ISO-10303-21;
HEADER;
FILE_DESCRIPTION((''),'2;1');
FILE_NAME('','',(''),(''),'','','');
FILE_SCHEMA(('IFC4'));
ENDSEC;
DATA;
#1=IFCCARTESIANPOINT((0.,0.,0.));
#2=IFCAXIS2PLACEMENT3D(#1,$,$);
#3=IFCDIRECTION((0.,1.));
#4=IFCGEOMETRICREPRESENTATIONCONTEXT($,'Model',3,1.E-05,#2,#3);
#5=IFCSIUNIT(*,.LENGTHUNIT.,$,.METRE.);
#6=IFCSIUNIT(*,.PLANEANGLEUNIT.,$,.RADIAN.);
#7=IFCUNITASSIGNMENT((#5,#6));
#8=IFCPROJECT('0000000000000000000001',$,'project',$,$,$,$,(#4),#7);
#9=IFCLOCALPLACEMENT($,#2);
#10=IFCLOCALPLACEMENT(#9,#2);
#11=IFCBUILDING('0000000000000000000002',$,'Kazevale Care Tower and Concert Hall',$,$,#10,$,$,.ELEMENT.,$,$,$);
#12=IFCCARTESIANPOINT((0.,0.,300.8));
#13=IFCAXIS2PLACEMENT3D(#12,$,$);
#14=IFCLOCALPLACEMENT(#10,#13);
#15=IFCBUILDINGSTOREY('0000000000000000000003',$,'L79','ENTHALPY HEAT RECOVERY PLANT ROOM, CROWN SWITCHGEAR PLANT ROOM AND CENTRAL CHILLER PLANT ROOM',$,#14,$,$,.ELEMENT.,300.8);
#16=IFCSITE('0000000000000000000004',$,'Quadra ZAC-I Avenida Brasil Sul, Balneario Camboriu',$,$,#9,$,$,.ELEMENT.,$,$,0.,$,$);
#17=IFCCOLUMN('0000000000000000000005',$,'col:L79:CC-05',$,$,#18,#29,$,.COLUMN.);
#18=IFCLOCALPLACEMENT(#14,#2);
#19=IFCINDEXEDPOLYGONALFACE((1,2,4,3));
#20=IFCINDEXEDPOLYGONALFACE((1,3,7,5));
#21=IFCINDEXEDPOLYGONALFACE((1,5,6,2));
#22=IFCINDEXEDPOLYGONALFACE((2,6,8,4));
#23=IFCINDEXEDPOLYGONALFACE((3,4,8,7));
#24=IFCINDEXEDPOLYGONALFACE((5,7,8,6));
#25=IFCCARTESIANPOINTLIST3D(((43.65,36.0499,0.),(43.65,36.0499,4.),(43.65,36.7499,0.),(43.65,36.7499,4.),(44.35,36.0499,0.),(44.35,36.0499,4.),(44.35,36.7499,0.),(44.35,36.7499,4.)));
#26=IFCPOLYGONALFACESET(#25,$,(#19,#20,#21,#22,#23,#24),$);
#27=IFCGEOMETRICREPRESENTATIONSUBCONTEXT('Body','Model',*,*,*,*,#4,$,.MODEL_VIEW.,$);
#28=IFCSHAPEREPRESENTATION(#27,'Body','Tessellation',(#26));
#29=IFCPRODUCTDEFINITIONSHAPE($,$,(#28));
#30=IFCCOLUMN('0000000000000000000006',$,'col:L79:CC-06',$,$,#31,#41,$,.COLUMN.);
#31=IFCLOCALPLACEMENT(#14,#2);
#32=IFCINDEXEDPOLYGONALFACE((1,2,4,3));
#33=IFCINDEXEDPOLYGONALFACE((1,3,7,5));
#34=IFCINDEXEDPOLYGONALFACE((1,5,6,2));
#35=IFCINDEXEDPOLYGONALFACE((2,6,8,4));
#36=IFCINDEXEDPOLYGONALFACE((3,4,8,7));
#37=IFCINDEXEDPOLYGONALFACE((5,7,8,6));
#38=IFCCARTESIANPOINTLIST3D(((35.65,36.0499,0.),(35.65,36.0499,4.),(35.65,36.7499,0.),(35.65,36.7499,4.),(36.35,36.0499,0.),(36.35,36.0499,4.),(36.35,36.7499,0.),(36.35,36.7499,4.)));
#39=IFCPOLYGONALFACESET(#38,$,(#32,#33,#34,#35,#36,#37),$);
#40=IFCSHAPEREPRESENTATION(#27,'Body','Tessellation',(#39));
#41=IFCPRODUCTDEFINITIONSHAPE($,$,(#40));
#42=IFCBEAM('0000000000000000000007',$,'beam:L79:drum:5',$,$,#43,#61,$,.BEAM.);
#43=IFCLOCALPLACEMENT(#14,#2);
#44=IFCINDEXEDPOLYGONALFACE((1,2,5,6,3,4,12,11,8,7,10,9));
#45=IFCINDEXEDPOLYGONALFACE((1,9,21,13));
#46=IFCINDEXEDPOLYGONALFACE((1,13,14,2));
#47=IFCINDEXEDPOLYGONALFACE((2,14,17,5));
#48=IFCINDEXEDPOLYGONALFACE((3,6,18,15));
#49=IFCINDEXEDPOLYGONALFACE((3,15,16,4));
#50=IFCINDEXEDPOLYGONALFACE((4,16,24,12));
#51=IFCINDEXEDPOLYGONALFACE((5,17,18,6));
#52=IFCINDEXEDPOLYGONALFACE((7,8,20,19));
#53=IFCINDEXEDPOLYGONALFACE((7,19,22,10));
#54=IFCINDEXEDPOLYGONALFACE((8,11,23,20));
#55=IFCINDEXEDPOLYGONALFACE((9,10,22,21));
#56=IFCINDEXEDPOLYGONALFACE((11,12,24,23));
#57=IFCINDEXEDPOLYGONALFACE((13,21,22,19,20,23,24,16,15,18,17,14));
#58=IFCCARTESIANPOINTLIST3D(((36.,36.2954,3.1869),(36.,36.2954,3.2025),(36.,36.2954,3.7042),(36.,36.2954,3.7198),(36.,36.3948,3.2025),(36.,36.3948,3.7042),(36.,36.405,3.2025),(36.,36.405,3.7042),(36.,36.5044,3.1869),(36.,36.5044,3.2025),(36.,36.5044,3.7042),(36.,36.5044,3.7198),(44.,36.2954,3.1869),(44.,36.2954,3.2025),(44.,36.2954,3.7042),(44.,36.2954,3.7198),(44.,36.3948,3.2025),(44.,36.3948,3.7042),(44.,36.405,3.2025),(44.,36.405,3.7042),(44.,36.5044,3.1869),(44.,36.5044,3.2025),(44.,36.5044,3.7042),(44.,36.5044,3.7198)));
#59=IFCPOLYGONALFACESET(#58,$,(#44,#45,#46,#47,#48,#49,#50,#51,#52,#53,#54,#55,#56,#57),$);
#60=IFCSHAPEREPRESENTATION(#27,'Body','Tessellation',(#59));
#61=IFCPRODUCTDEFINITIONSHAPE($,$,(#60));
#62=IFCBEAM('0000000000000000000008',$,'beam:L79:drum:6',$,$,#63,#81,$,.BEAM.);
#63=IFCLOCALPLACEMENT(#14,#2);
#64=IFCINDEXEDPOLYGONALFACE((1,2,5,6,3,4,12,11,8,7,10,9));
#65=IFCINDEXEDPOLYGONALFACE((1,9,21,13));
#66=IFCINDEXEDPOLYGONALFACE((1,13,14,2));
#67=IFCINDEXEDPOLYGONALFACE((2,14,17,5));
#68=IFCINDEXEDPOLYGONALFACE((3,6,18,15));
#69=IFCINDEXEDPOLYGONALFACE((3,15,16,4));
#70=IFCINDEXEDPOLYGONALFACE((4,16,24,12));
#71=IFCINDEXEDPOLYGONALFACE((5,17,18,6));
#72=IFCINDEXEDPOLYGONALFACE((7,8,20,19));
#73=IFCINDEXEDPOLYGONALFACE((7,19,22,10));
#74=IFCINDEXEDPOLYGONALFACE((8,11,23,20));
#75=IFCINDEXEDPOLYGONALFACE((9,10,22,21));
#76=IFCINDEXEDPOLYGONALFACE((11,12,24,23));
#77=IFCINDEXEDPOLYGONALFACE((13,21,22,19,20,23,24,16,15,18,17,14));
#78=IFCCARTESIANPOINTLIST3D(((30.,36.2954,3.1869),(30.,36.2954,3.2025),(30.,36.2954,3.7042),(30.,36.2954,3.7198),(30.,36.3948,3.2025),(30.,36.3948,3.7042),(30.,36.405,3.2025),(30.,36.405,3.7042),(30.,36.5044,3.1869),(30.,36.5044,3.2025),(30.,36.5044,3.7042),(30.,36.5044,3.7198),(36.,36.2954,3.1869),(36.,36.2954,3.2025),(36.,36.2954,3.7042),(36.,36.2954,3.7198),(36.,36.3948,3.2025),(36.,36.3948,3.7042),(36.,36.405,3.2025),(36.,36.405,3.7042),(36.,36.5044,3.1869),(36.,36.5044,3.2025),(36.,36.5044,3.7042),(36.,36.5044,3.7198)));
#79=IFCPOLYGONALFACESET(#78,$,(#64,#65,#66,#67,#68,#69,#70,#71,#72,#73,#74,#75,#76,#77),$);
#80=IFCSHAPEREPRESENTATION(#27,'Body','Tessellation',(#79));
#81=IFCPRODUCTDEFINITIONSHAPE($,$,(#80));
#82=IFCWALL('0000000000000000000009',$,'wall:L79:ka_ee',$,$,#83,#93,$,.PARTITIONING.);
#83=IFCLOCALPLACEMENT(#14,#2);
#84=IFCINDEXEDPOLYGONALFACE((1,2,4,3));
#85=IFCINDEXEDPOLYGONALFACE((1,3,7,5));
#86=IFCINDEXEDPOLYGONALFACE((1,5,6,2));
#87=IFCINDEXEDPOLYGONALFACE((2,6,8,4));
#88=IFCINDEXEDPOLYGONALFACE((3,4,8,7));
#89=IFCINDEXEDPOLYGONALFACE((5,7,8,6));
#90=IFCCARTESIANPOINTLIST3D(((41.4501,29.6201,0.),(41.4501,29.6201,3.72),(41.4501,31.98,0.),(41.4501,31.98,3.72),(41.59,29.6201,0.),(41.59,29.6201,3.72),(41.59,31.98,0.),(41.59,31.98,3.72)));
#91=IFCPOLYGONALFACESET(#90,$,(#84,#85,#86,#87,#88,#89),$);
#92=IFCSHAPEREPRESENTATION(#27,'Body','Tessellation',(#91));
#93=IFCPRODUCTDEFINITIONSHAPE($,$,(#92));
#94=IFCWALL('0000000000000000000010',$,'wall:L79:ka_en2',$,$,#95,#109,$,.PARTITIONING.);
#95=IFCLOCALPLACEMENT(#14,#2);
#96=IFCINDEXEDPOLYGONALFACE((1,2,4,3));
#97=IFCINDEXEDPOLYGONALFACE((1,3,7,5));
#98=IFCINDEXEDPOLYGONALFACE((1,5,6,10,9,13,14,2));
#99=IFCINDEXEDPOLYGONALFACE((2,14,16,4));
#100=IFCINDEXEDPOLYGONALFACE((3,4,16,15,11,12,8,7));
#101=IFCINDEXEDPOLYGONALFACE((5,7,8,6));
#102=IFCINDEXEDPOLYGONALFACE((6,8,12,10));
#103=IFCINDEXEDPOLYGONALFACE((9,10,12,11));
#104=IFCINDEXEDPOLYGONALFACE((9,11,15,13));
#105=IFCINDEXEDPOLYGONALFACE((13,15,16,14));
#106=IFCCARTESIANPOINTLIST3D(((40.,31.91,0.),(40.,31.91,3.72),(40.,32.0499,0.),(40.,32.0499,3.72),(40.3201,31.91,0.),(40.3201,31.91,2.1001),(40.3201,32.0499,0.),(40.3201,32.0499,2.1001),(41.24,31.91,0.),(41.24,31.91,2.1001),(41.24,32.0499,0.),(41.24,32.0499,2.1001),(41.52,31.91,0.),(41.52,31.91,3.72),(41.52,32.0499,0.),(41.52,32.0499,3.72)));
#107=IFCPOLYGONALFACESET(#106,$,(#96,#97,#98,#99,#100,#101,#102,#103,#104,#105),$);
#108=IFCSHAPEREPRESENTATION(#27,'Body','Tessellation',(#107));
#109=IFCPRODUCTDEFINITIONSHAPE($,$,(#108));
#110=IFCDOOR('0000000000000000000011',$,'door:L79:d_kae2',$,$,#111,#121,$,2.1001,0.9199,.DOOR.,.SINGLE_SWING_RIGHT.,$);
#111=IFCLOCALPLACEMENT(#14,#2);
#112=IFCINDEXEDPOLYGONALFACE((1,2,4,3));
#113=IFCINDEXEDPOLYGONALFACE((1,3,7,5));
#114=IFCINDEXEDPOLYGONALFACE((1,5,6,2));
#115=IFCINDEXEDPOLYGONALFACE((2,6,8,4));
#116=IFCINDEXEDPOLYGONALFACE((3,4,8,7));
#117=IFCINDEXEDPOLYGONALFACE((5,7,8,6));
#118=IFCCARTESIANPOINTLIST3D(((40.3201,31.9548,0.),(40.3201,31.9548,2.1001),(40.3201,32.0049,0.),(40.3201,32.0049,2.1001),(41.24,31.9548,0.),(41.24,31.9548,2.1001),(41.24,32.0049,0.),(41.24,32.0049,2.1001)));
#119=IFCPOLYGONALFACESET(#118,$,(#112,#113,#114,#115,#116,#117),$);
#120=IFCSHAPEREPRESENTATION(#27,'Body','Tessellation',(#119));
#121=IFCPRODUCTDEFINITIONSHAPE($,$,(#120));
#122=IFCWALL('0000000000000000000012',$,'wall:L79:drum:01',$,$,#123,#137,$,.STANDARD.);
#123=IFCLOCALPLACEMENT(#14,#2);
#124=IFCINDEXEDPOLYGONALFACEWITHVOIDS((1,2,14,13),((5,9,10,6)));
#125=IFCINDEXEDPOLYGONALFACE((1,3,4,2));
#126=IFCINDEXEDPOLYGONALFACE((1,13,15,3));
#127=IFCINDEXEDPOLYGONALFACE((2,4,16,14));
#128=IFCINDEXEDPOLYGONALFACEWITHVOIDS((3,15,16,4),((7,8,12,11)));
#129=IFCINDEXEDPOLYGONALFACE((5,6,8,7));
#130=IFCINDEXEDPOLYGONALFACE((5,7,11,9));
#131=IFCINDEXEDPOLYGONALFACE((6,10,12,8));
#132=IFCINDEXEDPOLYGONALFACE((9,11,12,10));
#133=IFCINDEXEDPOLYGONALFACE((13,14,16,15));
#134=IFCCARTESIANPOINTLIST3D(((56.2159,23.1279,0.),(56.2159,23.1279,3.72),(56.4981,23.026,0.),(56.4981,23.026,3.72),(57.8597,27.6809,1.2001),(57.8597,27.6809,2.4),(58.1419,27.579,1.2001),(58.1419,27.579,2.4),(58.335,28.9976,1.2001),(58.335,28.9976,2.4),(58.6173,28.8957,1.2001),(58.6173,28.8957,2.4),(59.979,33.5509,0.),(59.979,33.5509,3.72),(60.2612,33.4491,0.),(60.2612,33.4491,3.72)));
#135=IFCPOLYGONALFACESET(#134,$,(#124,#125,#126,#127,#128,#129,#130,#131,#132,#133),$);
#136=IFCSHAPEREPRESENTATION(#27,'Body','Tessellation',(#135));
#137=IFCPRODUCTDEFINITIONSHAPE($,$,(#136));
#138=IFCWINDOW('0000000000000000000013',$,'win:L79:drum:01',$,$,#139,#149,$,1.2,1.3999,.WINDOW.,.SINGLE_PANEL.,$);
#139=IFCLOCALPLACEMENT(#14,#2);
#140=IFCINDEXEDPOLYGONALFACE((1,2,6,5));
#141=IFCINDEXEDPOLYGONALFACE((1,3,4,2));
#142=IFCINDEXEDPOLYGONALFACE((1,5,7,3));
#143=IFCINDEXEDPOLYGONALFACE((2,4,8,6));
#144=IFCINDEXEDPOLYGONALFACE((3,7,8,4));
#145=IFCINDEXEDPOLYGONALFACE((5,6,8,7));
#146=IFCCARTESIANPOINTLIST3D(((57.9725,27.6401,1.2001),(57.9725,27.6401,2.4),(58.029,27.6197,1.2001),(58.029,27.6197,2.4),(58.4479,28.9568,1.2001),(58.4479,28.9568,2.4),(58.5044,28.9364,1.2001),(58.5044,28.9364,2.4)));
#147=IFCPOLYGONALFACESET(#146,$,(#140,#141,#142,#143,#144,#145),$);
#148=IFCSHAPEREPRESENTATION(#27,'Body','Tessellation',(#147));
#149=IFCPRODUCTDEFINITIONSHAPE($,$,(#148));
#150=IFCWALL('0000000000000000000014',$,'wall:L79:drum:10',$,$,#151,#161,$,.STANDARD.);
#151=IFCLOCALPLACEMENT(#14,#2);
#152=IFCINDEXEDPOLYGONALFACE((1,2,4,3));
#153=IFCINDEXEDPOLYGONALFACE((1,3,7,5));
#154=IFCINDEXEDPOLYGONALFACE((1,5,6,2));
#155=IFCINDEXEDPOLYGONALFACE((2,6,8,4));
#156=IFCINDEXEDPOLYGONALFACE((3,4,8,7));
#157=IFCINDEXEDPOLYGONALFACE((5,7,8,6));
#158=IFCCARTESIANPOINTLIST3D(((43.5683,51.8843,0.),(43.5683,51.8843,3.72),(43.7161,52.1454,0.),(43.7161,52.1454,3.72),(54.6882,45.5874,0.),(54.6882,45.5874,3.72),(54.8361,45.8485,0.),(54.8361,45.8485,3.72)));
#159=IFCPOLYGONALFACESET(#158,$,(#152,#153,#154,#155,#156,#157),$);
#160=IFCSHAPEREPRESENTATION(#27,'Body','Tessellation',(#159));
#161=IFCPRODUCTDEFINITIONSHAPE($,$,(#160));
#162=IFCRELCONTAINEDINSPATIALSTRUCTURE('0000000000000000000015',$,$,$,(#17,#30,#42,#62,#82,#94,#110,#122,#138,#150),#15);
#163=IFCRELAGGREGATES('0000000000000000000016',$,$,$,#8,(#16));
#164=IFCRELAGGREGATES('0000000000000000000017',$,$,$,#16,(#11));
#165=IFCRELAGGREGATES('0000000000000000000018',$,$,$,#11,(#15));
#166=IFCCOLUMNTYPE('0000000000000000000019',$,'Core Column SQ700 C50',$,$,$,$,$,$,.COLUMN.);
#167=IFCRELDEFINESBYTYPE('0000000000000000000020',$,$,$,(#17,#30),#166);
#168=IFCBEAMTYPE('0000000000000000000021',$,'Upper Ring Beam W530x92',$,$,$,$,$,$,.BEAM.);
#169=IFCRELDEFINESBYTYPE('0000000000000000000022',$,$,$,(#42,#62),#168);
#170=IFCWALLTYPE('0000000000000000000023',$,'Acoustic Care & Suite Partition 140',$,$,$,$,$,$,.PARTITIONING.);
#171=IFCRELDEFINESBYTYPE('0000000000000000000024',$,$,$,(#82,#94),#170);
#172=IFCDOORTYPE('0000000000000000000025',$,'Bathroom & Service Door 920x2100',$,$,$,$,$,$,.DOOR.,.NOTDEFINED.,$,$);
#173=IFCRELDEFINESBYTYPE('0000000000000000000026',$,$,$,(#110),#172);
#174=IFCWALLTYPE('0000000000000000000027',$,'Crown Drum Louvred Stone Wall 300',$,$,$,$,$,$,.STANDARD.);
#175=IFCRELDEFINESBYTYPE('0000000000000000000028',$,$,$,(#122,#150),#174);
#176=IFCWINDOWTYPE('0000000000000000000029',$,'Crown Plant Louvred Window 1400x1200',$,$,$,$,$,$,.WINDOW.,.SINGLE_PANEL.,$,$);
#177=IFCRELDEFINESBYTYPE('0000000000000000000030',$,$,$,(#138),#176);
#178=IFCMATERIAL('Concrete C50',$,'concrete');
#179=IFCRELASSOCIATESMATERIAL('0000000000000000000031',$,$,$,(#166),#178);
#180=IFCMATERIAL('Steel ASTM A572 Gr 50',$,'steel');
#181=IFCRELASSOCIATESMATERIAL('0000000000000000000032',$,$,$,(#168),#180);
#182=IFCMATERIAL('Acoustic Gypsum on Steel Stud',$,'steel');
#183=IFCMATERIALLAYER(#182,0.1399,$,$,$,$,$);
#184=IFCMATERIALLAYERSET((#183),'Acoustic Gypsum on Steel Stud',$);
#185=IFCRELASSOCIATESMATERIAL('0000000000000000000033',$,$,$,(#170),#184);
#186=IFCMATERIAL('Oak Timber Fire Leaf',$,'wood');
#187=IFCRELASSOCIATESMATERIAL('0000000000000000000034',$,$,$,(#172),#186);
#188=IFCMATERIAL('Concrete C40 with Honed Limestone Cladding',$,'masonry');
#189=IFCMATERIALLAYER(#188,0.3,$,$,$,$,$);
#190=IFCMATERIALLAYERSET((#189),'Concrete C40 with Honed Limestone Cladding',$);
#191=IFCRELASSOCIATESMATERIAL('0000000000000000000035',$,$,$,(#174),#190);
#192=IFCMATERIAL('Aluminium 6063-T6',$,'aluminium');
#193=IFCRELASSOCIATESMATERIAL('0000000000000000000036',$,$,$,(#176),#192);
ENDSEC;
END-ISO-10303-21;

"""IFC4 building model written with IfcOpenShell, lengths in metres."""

from ifc_helpers import new_model, si_unit, direction, frame, frame_2d, origin, origin_2d, place, context, subcontext, project, spatial, rectangle, i_section, extrude, material, layer, layer_set, material_profile, profile_set, type_object, element, fill, save


model = new_model("IFC4")

# Units and contexts
model_context = context("Model", 3, precision=1e-05, world=origin(), true_north=direction((0.0, 1.0)))
body_context = subcontext(model_context, "Body", "Model", "MODEL_VIEW")
ifc_project = project(units=[si_unit("LENGTHUNIT", "METRE"), si_unit("PLANEANGLEUNIT", "RADIAN")], contexts=[model_context])

# Site, building, storey
site_placement = place(None, origin())
site = spatial("IfcSite", under=ifc_project, at=site_placement, Name="Quadra ZAC-I Avenida Brasil Sul, Balneario Camboriu", CompositionType="ELEMENT", RefElevation=0.0)
building_placement = place(site_placement, origin())
building = spatial("IfcBuilding", under=site, at=building_placement, Name="Kazevale Care Tower and Concert Hall", CompositionType="ELEMENT")
storey_placement = place(building_placement, frame((0.0, 0.0, 300.8)))
storey = spatial("IfcBuildingStorey", under=building, at=storey_placement, Name="L79", Description="ENTHALPY HEAT RECOVERY PLANT ROOM, CROWN SWITCHGEAR PLANT ROOM AND CENTRAL CHILLER PLANT ROOM", CompositionType="ELEMENT", Elevation=300.8)

# Columns
ifc_material_1 = material(Name="Concrete C50", Category="concrete")
ifc_material_profile_1 = material_profile(ifc_material_1, rectangle(XDim=0.7, YDim=0.7, at=origin_2d()), Name="RC-SQ700")
ifc_profile_set_1 = profile_set([ifc_material_profile_1], Name="Concrete C50")
column_type = type_object("IfcColumnType", Name="Core Column SQ700 C50", PredefinedType="COLUMN", material=ifc_profile_set_1)
for number, where, z_axis, x_axis, name in (
    (1, (44.0, 36.3999, 0.0), (0.0, 0.0, 1.0), (1.0, 0.0, 0.0), "col:L79:CC-05"),
    (2, (36.0, 36.3999, 0.0), (0.0, 0.0, 1.0), (1.0, 0.0, 0.0), "col:L79:CC-06"),
):
    element("IfcColumn", number, at=place(storey_placement, frame(where, z_axis=z_axis, x_axis=x_axis)), inside=storey, type_object=column_type, Name=name, PredefinedType="COLUMN", context=body_context, shape_type="SweptSolid", body=[
        extrude(rectangle(XDim=0.7, YDim=0.7, at=origin_2d()), origin(), (0.0, 0.0, 1.0), 4.0),
    ])

# Beams
ifc_material_2 = material(Name="Steel ASTM A572 Gr 50", Category="steel")
ifc_material_profile_2 = material_profile(ifc_material_2, i_section(OverallWidth=0.209, OverallDepth=0.533, WebThickness=0.0103, FlangeThickness=0.0156, at=origin_2d()), Name="W530x92")
ifc_profile_set_2 = profile_set([ifc_material_profile_2], Name="Steel ASTM A572 Gr 50")
beam_type = type_object("IfcBeamType", Name="Upper Ring Beam W530x92", PredefinedType="BEAM", material=ifc_profile_set_2)
beam_1_placement = place(storey_placement, frame((44.0, 36.3999, 3.4534), z_axis=(-1.0, 0.0, 0.0), x_axis=(0.0, -1.0, 0.0)))
element("IfcBeam", 3, at=beam_1_placement, inside=storey, type_object=beam_type, Name="beam:L79:drum:5", PredefinedType="BEAM", context=body_context, shape_type="SweptSolid", body=[
    extrude(i_section(OverallWidth=0.209, OverallDepth=0.533, WebThickness=0.0103, FlangeThickness=0.0156, at=origin_2d()), origin(), (0.0, 0.0, 1.0), 8.0),
])
beam_2_placement = place(storey_placement, frame((36.0, 36.3999, 3.4534), z_axis=(-1.0, 0.0, 0.0), x_axis=(0.0, -1.0, 0.0)))
element("IfcBeam", 4, at=beam_2_placement, inside=storey, type_object=beam_type, Name="beam:L79:drum:6", PredefinedType="BEAM", context=body_context, shape_type="SweptSolid", body=[
    extrude(i_section(OverallWidth=0.209, OverallDepth=0.533, WebThickness=0.0103, FlangeThickness=0.0156, at=origin_2d()), origin(), (0.0, 0.0, 1.0), 6.0),
])

# Wall
ifc_material_3 = material(Name="Acoustic Gypsum on Steel Stud", Category="steel")
ifc_layer_1 = layer(ifc_material_3, 0.1399)
ifc_layer_set_1 = layer_set([ifc_layer_1], Name="Acoustic Gypsum on Steel Stud")
wall_type_1 = type_object("IfcWallType", Name="Acoustic Care & Suite Partition 140", PredefinedType="PARTITIONING", material=ifc_layer_set_1)
wall_1_placement = place(storey_placement, frame((41.52, 29.6201, 0.0), z_axis=(0.0, 0.0, 1.0), x_axis=(0.0, 1.0, 0.0)))
element("IfcWall", 5, at=wall_1_placement, inside=storey, type_object=wall_type_1, Name="wall:L79:ka_ee", PredefinedType="PARTITIONING", context=body_context, shape_type="SweptSolid", body=[
    extrude(rectangle(XDim=2.3599, YDim=0.1399, at=frame_2d((1.1799, 0.0))), origin(), (0.0, 0.0, 1.0), 3.72),
])

# Wall, opening, door
wall_2_placement = place(storey_placement, frame((40.0, 31.98, 0.0), z_axis=(0.0, 0.0, 1.0), x_axis=(1.0, 0.0, 0.0)))
wall_2 = element("IfcWall", 6, at=wall_2_placement, inside=storey, type_object=wall_type_1, Name="wall:L79:ka_en2", PredefinedType="PARTITIONING", context=body_context, shape_type="SweptSolid", body=[
    extrude(rectangle(XDim=1.52, YDim=0.1399, at=frame_2d((0.76, 0.0))), origin(), (0.0, 0.0, 1.0), 3.72),
])
opening_1_placement = place(wall_2_placement, frame((0.3201, 0.0, 0.0)))
opening_1 = element("IfcOpeningElement", 7, at=opening_1_placement, cuts=wall_2, PredefinedType="OPENING", context=body_context, shape_type="SweptSolid", body=[
    extrude(rectangle(XDim=0.9199, YDim=2.1001, at=frame_2d((0.46, 1.05))), frame((0.0, 0.0798, 0.0), z_axis=(0.0, -1.0, 0.0), x_axis=(1.0, 0.0, 0.0)), (0.0, 0.0, 1.0), 0.1599),
])
ifc_material_4 = material(Name="Oak Timber Fire Leaf", Category="wood")
door_type_1 = type_object("IfcDoorType", Name="Bathroom & Service Door 920x2100", OperationType="NOTDEFINED", PredefinedType="DOOR", material=ifc_material_4)
door_1_placement = place(opening_1_placement, origin())
door_1 = element("IfcDoor", 8, at=door_1_placement, inside=storey, type_object=door_type_1, Name="door:L79:d_kae2", OperationType="SINGLE_SWING_RIGHT", OverallHeight=2.1001, OverallWidth=0.9199, PredefinedType="DOOR", context=body_context, shape_type="SweptSolid", body=[
    extrude(rectangle(XDim=0.9199, YDim=2.1001, at=frame_2d((0.46, 1.05))), frame((0.0, 0.0249, 0.0), z_axis=(0.0, -1.0, 0.0), x_axis=(1.0, 0.0, 0.0)), (0.0, 0.0, 1.0), 0.05),
])
fill(opening_1, door_1)

# Wall, opening, window
ifc_material_5 = material(Name="Concrete C40 with Honed Limestone Cladding", Category="masonry")
ifc_layer_2 = layer(ifc_material_5, 0.3)
ifc_layer_set_2 = layer_set([ifc_layer_2], Name="Concrete C40 with Honed Limestone Cladding")
wall_type_2 = type_object("IfcWallType", Name="Crown Drum Louvred Stone Wall 300", PredefinedType="STANDARD", material=ifc_layer_set_2)
wall_3_placement = place(storey_placement, frame((60.1201, 33.5, 0.0), z_axis=(0.0, 0.0, 1.0), x_axis=(-0.339588, -0.940574, 0.0)))
wall_3 = element("IfcWall", 9, at=wall_3_placement, inside=storey, type_object=wall_type_2, Name="wall:L79:drum:01", PredefinedType="STANDARD", context=body_context, shape_type="SweptSolid", body=[
    extrude(rectangle(XDim=11.0815, YDim=0.3, at=frame_2d((5.5408, 0.0))), origin(), (0.0, 0.0, 1.0), 3.72),
])
opening_2_placement = place(wall_3_placement, frame((4.8411, 0.0, 1.2)))
opening_2 = element("IfcOpeningElement", 10, at=opening_2_placement, cuts=wall_3, PredefinedType="OPENING", context=body_context, shape_type="SweptSolid", body=[
    extrude(rectangle(XDim=1.3999, YDim=1.2, at=frame_2d((0.7, 0.6001))), frame((0.0, 0.1599, 0.0), z_axis=(0.0, -1.0, 0.0), x_axis=(1.0, 0.0, 0.0)), (0.0, 0.0, 1.0), 0.3201),
])
ifc_material_6 = material(Name="Aluminium 6063-T6", Category="aluminium")
window_type = type_object("IfcWindowType", Name="Crown Plant Louvred Window 1400x1200", PartitioningType="SINGLE_PANEL", PredefinedType="WINDOW", material=ifc_material_6)
window_1_placement = place(opening_2_placement, origin())
window_1 = element("IfcWindow", 11, at=window_1_placement, inside=storey, type_object=window_type, Name="win:L79:drum:01", OverallHeight=1.2, OverallWidth=1.3999, PartitioningType="SINGLE_PANEL", PredefinedType="WINDOW", context=body_context, shape_type="SweptSolid", body=[
    extrude(rectangle(XDim=1.3999, YDim=1.2, at=frame_2d((0.7, 0.6001))), frame((0.0, 0.03, 0.0), z_axis=(0.0, -1.0, 0.0), x_axis=(1.0, 0.0, 0.0)), (0.0, 0.0, 1.0), 0.0601),
])
fill(opening_2, window_1)

# Wall
wall_4_placement = place(storey_placement, frame((43.6421, 52.0149, 0.0), z_axis=(0.0, 0.0, 1.0), x_axis=(0.870169, -0.492753, 0.0)))
element("IfcWall", 12, at=wall_4_placement, inside=storey, type_object=wall_type_2, Name="wall:L79:drum:10", PredefinedType="STANDARD", context=body_context, shape_type="SweptSolid", body=[
    extrude(rectangle(XDim=12.7791, YDim=0.3, at=frame_2d((6.3896, 0.0))), origin(), (0.0, 0.0, 1.0), 3.72),
])

save(model, "model.ifc")
